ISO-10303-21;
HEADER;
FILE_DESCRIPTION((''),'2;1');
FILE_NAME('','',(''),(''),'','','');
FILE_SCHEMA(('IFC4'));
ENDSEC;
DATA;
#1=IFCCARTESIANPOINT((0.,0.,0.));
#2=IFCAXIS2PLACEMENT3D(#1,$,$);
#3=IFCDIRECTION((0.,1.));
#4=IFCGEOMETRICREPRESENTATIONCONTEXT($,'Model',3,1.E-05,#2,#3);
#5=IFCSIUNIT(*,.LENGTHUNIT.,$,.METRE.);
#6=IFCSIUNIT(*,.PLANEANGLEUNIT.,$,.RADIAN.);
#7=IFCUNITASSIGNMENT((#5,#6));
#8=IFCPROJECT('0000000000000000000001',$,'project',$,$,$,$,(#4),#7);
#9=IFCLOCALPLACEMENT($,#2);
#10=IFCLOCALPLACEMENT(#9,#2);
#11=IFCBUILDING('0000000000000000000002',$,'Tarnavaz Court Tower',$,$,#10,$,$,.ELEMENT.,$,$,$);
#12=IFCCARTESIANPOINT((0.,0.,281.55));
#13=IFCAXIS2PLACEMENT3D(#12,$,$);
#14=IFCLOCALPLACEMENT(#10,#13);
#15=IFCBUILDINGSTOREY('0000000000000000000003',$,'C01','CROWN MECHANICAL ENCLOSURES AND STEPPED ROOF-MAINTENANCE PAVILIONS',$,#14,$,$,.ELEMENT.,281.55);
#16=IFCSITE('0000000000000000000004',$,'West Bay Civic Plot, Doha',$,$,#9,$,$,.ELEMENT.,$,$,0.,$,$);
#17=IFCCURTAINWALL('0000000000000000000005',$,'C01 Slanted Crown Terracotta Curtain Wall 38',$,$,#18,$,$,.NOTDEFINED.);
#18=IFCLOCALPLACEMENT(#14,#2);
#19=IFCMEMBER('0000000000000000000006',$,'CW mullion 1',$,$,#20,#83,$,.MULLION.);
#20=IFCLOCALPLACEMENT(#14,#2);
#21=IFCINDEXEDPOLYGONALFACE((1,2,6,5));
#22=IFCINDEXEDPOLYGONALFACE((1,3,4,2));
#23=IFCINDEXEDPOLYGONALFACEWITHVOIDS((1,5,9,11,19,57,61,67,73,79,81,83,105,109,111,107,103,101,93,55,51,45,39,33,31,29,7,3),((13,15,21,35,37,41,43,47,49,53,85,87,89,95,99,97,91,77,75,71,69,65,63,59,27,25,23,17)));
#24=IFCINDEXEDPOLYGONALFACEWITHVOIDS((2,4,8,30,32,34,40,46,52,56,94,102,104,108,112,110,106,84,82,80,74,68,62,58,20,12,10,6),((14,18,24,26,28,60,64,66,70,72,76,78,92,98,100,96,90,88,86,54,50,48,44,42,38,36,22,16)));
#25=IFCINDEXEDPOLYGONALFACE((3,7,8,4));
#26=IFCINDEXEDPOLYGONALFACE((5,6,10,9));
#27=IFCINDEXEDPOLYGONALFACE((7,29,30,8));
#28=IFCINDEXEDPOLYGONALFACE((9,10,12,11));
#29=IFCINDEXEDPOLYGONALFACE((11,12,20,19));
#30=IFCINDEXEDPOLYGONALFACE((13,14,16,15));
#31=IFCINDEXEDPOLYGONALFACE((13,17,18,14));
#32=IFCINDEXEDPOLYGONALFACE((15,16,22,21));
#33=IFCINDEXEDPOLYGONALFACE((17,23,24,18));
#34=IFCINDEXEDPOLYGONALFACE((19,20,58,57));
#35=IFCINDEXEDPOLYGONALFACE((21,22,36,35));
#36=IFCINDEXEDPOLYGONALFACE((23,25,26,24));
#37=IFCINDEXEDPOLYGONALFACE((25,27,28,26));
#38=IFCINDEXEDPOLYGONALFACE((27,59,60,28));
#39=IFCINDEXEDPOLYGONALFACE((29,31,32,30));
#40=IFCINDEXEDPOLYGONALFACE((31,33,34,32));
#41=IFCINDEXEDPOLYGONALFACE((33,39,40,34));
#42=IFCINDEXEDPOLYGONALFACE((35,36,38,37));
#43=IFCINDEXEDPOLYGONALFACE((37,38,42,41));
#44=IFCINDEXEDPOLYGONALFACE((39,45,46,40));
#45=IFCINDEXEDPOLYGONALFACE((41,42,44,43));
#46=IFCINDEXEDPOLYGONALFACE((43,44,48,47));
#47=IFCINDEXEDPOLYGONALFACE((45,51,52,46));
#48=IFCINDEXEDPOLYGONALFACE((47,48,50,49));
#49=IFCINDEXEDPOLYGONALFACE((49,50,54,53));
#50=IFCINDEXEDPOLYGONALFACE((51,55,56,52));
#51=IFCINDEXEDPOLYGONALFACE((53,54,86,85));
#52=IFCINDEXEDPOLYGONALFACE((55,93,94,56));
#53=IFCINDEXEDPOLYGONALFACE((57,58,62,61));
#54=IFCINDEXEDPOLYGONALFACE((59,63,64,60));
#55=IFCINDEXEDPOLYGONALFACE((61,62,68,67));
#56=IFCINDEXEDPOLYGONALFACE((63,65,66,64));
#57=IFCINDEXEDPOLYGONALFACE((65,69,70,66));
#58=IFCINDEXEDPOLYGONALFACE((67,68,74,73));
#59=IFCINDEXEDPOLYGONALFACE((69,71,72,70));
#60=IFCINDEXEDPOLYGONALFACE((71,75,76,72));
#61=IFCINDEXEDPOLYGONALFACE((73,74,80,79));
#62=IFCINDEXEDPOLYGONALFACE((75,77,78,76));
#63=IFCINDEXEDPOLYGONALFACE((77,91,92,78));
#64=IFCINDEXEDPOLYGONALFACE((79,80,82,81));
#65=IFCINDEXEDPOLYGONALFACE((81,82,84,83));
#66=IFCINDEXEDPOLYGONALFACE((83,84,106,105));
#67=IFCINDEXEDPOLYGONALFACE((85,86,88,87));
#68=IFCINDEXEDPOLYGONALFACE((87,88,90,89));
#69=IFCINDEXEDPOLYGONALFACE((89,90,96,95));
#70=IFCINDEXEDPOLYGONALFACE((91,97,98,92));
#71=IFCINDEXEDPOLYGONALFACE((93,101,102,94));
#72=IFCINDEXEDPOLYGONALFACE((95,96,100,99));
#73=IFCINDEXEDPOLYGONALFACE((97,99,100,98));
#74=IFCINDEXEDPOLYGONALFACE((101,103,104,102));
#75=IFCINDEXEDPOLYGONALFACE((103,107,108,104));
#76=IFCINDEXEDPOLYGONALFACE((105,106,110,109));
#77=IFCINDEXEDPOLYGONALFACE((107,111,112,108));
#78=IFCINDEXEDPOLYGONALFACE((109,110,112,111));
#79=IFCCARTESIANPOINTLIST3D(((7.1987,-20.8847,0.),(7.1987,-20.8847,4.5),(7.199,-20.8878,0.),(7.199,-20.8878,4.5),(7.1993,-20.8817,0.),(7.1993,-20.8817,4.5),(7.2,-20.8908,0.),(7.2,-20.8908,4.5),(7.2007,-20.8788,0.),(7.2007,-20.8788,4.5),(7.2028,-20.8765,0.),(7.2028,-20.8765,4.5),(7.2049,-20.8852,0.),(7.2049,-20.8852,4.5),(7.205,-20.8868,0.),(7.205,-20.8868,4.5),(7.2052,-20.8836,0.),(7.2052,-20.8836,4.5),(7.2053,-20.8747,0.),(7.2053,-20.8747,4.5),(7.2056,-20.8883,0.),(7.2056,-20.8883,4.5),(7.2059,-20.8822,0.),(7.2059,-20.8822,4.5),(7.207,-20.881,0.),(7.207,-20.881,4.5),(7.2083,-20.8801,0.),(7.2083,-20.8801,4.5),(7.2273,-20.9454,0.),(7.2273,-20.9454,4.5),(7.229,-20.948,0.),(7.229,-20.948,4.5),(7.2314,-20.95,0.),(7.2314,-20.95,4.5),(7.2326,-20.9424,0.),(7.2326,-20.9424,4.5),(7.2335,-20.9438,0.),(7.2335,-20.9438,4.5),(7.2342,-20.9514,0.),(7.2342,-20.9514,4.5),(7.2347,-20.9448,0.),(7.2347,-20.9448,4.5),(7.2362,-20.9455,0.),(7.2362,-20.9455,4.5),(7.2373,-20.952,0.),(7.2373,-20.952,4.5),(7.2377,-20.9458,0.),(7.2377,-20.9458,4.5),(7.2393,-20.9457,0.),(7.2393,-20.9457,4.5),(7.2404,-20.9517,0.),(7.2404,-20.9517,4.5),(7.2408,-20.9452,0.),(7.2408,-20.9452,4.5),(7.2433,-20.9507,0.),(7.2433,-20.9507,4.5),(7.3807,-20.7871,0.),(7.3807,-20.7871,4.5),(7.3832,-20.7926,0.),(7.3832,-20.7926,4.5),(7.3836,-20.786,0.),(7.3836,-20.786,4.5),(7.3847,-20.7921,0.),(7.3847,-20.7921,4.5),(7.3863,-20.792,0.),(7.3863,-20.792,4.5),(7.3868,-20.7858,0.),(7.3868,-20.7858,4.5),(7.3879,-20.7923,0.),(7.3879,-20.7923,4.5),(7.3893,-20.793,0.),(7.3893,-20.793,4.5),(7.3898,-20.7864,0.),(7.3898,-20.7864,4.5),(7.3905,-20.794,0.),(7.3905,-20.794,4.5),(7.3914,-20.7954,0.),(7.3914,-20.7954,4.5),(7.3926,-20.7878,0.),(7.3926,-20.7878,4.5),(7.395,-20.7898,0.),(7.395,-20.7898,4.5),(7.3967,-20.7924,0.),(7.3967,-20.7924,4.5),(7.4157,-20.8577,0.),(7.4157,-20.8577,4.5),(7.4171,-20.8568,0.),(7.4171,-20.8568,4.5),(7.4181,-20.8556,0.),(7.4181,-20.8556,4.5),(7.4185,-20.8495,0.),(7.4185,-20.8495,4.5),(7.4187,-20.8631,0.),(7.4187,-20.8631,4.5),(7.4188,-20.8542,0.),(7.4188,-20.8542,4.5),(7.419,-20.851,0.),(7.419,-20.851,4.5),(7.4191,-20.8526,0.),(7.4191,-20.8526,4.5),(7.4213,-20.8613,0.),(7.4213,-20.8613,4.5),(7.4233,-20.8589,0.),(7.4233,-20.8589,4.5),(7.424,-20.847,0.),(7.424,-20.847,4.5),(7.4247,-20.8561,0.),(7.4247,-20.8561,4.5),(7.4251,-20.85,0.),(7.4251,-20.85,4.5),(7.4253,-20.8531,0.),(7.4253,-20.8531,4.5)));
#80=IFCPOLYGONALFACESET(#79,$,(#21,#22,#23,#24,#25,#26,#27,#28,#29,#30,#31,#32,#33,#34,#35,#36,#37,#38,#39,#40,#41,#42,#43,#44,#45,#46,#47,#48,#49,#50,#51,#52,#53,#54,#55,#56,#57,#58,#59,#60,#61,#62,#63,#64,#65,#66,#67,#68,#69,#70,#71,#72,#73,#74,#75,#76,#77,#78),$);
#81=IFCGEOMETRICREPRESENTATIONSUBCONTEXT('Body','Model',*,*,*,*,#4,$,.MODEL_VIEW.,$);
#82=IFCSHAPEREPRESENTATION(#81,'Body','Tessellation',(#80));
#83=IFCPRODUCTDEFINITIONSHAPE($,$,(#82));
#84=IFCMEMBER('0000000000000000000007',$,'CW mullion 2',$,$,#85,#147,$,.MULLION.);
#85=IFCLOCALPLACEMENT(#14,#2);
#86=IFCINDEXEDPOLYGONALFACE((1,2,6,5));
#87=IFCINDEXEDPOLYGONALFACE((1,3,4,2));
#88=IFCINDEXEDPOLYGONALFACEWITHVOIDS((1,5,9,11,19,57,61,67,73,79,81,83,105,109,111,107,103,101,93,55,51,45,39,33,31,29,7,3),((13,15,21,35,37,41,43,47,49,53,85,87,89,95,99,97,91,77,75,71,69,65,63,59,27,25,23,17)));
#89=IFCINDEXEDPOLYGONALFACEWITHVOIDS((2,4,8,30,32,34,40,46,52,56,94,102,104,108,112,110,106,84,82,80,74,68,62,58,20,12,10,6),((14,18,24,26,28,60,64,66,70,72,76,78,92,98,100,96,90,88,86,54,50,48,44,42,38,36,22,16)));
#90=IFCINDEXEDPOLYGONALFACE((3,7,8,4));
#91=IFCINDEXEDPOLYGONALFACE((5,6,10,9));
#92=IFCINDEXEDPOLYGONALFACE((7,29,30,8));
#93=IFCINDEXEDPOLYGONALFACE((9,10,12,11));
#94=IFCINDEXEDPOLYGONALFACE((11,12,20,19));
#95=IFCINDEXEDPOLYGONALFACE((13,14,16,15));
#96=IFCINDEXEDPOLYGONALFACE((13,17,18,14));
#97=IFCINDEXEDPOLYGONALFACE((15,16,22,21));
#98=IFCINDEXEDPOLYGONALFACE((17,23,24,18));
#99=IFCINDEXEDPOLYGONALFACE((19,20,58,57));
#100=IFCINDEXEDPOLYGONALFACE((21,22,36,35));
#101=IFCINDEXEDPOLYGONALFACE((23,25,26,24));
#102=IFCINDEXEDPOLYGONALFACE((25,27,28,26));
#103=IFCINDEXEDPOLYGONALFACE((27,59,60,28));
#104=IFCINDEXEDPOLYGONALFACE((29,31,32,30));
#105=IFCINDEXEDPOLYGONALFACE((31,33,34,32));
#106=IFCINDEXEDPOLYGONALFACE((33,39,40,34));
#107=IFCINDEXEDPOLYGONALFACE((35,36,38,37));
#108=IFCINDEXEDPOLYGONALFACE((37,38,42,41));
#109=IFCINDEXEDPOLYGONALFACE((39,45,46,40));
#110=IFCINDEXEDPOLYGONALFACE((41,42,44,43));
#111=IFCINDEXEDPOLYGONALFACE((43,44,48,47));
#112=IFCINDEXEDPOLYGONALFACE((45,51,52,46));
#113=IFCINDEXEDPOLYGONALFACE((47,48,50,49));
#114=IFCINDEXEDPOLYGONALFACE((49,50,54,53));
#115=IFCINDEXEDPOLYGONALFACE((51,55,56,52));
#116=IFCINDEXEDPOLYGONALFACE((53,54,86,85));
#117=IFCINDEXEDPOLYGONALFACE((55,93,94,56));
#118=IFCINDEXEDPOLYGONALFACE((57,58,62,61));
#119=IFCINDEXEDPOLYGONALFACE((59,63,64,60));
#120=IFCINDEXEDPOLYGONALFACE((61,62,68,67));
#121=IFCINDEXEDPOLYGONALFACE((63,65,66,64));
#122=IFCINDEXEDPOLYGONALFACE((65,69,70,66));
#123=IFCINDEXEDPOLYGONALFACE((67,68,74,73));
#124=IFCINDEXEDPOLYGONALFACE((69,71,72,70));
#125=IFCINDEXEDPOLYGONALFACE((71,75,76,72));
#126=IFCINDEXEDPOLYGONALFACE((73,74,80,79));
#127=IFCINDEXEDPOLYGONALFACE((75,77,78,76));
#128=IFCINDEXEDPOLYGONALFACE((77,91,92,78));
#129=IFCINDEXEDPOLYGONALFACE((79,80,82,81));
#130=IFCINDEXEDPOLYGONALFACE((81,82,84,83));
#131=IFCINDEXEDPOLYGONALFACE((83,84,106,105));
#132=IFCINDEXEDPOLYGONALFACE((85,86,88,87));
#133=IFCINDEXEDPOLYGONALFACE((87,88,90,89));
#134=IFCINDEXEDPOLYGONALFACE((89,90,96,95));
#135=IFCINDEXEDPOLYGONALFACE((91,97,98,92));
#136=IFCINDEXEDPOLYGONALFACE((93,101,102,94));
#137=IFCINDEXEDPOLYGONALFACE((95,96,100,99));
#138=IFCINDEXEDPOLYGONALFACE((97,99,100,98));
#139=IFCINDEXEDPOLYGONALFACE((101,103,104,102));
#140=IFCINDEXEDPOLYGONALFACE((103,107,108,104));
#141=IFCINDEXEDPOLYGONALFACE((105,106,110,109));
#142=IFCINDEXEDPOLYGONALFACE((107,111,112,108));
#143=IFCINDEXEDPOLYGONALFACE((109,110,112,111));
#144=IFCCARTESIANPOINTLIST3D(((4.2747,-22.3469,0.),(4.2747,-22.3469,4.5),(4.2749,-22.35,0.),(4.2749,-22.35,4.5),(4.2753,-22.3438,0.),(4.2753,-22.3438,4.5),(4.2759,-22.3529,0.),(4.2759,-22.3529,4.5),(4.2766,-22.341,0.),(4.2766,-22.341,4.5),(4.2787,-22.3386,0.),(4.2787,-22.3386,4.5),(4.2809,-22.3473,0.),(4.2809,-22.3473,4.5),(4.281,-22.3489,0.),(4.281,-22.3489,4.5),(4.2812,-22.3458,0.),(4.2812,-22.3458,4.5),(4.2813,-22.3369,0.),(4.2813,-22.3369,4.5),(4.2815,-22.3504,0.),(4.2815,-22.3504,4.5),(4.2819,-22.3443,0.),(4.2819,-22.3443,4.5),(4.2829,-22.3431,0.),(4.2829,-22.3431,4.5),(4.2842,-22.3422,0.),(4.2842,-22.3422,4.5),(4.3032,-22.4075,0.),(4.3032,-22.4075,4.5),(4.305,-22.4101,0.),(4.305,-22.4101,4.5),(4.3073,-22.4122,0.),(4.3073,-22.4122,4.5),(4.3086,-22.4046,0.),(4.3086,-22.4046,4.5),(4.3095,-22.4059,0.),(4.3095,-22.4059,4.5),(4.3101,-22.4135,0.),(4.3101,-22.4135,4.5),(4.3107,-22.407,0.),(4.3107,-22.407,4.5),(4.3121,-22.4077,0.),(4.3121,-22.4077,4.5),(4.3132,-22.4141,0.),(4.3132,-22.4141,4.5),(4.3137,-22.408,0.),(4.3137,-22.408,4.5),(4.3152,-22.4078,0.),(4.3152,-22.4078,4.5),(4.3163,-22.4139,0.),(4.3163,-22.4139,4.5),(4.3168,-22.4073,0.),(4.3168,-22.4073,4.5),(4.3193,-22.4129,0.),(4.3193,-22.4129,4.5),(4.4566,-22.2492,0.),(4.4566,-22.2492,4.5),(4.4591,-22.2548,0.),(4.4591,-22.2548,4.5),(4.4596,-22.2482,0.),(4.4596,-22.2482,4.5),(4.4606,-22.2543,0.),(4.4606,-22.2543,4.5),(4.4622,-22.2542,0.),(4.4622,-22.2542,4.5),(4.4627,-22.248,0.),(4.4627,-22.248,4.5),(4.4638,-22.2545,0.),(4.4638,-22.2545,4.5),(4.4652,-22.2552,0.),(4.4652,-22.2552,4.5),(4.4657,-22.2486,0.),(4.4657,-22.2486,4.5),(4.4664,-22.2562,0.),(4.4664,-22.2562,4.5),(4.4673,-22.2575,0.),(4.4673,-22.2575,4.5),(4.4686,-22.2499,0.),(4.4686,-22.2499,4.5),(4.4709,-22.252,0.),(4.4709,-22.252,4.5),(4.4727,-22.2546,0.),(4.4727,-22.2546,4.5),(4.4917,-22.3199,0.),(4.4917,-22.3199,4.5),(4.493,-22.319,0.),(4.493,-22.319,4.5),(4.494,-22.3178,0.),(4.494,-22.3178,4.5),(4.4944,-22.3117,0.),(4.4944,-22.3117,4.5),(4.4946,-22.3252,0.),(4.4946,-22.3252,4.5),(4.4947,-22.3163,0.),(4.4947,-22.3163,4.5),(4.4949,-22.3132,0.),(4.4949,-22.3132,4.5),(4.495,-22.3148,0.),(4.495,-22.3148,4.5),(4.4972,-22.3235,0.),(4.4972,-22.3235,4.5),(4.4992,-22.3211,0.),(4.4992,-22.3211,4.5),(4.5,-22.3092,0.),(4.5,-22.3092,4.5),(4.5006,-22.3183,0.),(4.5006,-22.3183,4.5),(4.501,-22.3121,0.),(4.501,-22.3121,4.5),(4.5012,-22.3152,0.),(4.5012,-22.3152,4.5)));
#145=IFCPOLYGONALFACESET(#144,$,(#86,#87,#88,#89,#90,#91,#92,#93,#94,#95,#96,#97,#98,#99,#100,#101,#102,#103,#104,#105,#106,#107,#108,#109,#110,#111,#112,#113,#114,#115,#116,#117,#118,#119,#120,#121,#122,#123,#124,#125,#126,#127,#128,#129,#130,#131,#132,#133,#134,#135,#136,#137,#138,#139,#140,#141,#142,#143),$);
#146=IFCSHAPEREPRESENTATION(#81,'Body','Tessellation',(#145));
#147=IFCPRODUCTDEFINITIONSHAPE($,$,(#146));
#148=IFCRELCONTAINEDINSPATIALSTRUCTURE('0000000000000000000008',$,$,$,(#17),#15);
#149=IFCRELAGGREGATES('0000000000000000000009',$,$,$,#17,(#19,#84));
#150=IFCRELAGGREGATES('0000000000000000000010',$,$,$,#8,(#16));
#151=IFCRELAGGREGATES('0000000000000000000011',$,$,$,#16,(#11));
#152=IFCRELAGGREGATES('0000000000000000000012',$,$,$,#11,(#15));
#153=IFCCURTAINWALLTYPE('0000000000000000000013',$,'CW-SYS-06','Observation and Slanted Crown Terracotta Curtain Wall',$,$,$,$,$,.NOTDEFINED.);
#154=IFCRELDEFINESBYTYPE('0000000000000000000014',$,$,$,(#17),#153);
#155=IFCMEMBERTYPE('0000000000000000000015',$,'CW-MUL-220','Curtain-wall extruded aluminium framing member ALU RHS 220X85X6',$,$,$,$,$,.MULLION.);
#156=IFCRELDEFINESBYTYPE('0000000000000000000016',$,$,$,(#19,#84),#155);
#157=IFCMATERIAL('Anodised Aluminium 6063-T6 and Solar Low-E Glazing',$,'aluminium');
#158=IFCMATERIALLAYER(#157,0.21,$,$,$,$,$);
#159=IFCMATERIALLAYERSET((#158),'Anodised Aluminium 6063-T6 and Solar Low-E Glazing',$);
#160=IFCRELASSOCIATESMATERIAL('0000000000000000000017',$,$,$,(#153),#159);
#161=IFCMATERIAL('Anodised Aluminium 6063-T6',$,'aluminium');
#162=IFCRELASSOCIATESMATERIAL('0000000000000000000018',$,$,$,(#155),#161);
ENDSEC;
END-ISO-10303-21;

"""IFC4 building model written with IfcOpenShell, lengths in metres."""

from ifc_helpers import new_model, si_unit, direction, frame, origin, origin_2d, place, context, subcontext, project, spatial, hollow_rectangle, extrude, material, layer, layer_set, material_profile, profile_set, type_object, element, aggregate, save


model = new_model("IFC4")

# Units and contexts
model_context = context("Model", 3, precision=1e-05, world=origin(), true_north=direction((0.0, 1.0)))
body_context = subcontext(model_context, "Body", "Model", "MODEL_VIEW")
ifc_project = project(units=[si_unit("LENGTHUNIT", "METRE"), si_unit("PLANEANGLEUNIT", "RADIAN")], contexts=[model_context])

# Site, building, storey
site_placement = place(None, origin())
site = spatial("IfcSite", under=ifc_project, at=site_placement, Name="West Bay Civic Plot, Doha", CompositionType="ELEMENT", RefElevation=0.0)
building_placement = place(site_placement, origin())
building = spatial("IfcBuilding", under=site, at=building_placement, Name="Tarnavaz Court Tower", CompositionType="ELEMENT")
storey_placement = place(building_placement, frame((0.0, 0.0, 281.55)))
storey = spatial("IfcBuildingStorey", under=building, at=storey_placement, Name="C01", Description="CROWN MECHANICAL ENCLOSURES AND STEPPED ROOF-MAINTENANCE PAVILIONS", CompositionType="ELEMENT", Elevation=281.55)

# Shared definitions
ifc_material_1 = material(Name="Anodised Aluminium 6063-T6 and Solar Low-E Glazing", Category="aluminium")
ifc_layer_1 = layer(ifc_material_1, 0.21)
ifc_layer_set_1 = layer_set([ifc_layer_1], Name="Anodised Aluminium 6063-T6 and Solar Low-E Glazing")
curtain_wall_type = type_object("IfcCurtainWallType", Name="CW-SYS-06", Description="Observation and Slanted Crown Terracotta Curtain Wall", PredefinedType="NOTDEFINED", material=ifc_layer_set_1)
ifc_material_2 = material(Name="Anodised Aluminium 6063-T6", Category="aluminium")
ifc_material_profile_1 = material_profile(ifc_material_2, hollow_rectangle(XDim=0.085, YDim=0.22, WallThickness=0.0061, InnerFilletRadius=0.0061, OuterFilletRadius=0.012, at=origin_2d()), Name="ALU RHS 220X85X6")
ifc_profile_set_1 = profile_set([ifc_material_profile_1], Name="Anodised Aluminium 6063-T6")
member_type_1 = type_object("IfcMemberType", Name="CW-MUL-220", Description="Curtain-wall extruded aluminium framing member ALU RHS 220X85X6", PredefinedType="MULLION", material=ifc_profile_set_1)

# Curtain wall, members
curtain_wall_1_placement = place(storey_placement, origin())
curtain_wall_1 = element("IfcCurtainWall", 1, at=curtain_wall_1_placement, inside=storey, type_object=curtain_wall_type, Name="C01 Slanted Crown Terracotta Curtain Wall 38", PredefinedType="NOTDEFINED")
member_1_placement = place(storey_placement, frame((7.312, -20.8689, 0.0), z_axis=(0.0, 0.0, 1.0), x_axis=(0.447214, -0.894427, 0.0)))
member_1 = element("IfcMember", 2, at=member_1_placement, type_object=member_type_1, Name="CW mullion 1", PredefinedType="MULLION", context=body_context, shape_type="SweptSolid", body=[
    extrude(hollow_rectangle(XDim=0.085, YDim=0.22, WallThickness=0.0061, InnerFilletRadius=0.0061, OuterFilletRadius=0.012, at=origin_2d()), origin(), (0.0, 0.0, 1.0), 4.5),
])
member_2_placement = place(storey_placement, frame((4.3879, -22.3311, 0.0), z_axis=(0.0, 0.0, 1.0), x_axis=(0.447214, -0.894427, 0.0)))
member_2 = element("IfcMember", 3, at=member_2_placement, type_object=member_type_1, Name="CW mullion 2", PredefinedType="MULLION", context=body_context, shape_type="SweptSolid", body=[
    extrude(hollow_rectangle(XDim=0.085, YDim=0.22, WallThickness=0.0061, InnerFilletRadius=0.0061, OuterFilletRadius=0.012, at=origin_2d()), origin(), (0.0, 0.0, 1.0), 4.5),
])

aggregate(curtain_wall_1, [member_1, member_2])

save(model, "model.ifc")
